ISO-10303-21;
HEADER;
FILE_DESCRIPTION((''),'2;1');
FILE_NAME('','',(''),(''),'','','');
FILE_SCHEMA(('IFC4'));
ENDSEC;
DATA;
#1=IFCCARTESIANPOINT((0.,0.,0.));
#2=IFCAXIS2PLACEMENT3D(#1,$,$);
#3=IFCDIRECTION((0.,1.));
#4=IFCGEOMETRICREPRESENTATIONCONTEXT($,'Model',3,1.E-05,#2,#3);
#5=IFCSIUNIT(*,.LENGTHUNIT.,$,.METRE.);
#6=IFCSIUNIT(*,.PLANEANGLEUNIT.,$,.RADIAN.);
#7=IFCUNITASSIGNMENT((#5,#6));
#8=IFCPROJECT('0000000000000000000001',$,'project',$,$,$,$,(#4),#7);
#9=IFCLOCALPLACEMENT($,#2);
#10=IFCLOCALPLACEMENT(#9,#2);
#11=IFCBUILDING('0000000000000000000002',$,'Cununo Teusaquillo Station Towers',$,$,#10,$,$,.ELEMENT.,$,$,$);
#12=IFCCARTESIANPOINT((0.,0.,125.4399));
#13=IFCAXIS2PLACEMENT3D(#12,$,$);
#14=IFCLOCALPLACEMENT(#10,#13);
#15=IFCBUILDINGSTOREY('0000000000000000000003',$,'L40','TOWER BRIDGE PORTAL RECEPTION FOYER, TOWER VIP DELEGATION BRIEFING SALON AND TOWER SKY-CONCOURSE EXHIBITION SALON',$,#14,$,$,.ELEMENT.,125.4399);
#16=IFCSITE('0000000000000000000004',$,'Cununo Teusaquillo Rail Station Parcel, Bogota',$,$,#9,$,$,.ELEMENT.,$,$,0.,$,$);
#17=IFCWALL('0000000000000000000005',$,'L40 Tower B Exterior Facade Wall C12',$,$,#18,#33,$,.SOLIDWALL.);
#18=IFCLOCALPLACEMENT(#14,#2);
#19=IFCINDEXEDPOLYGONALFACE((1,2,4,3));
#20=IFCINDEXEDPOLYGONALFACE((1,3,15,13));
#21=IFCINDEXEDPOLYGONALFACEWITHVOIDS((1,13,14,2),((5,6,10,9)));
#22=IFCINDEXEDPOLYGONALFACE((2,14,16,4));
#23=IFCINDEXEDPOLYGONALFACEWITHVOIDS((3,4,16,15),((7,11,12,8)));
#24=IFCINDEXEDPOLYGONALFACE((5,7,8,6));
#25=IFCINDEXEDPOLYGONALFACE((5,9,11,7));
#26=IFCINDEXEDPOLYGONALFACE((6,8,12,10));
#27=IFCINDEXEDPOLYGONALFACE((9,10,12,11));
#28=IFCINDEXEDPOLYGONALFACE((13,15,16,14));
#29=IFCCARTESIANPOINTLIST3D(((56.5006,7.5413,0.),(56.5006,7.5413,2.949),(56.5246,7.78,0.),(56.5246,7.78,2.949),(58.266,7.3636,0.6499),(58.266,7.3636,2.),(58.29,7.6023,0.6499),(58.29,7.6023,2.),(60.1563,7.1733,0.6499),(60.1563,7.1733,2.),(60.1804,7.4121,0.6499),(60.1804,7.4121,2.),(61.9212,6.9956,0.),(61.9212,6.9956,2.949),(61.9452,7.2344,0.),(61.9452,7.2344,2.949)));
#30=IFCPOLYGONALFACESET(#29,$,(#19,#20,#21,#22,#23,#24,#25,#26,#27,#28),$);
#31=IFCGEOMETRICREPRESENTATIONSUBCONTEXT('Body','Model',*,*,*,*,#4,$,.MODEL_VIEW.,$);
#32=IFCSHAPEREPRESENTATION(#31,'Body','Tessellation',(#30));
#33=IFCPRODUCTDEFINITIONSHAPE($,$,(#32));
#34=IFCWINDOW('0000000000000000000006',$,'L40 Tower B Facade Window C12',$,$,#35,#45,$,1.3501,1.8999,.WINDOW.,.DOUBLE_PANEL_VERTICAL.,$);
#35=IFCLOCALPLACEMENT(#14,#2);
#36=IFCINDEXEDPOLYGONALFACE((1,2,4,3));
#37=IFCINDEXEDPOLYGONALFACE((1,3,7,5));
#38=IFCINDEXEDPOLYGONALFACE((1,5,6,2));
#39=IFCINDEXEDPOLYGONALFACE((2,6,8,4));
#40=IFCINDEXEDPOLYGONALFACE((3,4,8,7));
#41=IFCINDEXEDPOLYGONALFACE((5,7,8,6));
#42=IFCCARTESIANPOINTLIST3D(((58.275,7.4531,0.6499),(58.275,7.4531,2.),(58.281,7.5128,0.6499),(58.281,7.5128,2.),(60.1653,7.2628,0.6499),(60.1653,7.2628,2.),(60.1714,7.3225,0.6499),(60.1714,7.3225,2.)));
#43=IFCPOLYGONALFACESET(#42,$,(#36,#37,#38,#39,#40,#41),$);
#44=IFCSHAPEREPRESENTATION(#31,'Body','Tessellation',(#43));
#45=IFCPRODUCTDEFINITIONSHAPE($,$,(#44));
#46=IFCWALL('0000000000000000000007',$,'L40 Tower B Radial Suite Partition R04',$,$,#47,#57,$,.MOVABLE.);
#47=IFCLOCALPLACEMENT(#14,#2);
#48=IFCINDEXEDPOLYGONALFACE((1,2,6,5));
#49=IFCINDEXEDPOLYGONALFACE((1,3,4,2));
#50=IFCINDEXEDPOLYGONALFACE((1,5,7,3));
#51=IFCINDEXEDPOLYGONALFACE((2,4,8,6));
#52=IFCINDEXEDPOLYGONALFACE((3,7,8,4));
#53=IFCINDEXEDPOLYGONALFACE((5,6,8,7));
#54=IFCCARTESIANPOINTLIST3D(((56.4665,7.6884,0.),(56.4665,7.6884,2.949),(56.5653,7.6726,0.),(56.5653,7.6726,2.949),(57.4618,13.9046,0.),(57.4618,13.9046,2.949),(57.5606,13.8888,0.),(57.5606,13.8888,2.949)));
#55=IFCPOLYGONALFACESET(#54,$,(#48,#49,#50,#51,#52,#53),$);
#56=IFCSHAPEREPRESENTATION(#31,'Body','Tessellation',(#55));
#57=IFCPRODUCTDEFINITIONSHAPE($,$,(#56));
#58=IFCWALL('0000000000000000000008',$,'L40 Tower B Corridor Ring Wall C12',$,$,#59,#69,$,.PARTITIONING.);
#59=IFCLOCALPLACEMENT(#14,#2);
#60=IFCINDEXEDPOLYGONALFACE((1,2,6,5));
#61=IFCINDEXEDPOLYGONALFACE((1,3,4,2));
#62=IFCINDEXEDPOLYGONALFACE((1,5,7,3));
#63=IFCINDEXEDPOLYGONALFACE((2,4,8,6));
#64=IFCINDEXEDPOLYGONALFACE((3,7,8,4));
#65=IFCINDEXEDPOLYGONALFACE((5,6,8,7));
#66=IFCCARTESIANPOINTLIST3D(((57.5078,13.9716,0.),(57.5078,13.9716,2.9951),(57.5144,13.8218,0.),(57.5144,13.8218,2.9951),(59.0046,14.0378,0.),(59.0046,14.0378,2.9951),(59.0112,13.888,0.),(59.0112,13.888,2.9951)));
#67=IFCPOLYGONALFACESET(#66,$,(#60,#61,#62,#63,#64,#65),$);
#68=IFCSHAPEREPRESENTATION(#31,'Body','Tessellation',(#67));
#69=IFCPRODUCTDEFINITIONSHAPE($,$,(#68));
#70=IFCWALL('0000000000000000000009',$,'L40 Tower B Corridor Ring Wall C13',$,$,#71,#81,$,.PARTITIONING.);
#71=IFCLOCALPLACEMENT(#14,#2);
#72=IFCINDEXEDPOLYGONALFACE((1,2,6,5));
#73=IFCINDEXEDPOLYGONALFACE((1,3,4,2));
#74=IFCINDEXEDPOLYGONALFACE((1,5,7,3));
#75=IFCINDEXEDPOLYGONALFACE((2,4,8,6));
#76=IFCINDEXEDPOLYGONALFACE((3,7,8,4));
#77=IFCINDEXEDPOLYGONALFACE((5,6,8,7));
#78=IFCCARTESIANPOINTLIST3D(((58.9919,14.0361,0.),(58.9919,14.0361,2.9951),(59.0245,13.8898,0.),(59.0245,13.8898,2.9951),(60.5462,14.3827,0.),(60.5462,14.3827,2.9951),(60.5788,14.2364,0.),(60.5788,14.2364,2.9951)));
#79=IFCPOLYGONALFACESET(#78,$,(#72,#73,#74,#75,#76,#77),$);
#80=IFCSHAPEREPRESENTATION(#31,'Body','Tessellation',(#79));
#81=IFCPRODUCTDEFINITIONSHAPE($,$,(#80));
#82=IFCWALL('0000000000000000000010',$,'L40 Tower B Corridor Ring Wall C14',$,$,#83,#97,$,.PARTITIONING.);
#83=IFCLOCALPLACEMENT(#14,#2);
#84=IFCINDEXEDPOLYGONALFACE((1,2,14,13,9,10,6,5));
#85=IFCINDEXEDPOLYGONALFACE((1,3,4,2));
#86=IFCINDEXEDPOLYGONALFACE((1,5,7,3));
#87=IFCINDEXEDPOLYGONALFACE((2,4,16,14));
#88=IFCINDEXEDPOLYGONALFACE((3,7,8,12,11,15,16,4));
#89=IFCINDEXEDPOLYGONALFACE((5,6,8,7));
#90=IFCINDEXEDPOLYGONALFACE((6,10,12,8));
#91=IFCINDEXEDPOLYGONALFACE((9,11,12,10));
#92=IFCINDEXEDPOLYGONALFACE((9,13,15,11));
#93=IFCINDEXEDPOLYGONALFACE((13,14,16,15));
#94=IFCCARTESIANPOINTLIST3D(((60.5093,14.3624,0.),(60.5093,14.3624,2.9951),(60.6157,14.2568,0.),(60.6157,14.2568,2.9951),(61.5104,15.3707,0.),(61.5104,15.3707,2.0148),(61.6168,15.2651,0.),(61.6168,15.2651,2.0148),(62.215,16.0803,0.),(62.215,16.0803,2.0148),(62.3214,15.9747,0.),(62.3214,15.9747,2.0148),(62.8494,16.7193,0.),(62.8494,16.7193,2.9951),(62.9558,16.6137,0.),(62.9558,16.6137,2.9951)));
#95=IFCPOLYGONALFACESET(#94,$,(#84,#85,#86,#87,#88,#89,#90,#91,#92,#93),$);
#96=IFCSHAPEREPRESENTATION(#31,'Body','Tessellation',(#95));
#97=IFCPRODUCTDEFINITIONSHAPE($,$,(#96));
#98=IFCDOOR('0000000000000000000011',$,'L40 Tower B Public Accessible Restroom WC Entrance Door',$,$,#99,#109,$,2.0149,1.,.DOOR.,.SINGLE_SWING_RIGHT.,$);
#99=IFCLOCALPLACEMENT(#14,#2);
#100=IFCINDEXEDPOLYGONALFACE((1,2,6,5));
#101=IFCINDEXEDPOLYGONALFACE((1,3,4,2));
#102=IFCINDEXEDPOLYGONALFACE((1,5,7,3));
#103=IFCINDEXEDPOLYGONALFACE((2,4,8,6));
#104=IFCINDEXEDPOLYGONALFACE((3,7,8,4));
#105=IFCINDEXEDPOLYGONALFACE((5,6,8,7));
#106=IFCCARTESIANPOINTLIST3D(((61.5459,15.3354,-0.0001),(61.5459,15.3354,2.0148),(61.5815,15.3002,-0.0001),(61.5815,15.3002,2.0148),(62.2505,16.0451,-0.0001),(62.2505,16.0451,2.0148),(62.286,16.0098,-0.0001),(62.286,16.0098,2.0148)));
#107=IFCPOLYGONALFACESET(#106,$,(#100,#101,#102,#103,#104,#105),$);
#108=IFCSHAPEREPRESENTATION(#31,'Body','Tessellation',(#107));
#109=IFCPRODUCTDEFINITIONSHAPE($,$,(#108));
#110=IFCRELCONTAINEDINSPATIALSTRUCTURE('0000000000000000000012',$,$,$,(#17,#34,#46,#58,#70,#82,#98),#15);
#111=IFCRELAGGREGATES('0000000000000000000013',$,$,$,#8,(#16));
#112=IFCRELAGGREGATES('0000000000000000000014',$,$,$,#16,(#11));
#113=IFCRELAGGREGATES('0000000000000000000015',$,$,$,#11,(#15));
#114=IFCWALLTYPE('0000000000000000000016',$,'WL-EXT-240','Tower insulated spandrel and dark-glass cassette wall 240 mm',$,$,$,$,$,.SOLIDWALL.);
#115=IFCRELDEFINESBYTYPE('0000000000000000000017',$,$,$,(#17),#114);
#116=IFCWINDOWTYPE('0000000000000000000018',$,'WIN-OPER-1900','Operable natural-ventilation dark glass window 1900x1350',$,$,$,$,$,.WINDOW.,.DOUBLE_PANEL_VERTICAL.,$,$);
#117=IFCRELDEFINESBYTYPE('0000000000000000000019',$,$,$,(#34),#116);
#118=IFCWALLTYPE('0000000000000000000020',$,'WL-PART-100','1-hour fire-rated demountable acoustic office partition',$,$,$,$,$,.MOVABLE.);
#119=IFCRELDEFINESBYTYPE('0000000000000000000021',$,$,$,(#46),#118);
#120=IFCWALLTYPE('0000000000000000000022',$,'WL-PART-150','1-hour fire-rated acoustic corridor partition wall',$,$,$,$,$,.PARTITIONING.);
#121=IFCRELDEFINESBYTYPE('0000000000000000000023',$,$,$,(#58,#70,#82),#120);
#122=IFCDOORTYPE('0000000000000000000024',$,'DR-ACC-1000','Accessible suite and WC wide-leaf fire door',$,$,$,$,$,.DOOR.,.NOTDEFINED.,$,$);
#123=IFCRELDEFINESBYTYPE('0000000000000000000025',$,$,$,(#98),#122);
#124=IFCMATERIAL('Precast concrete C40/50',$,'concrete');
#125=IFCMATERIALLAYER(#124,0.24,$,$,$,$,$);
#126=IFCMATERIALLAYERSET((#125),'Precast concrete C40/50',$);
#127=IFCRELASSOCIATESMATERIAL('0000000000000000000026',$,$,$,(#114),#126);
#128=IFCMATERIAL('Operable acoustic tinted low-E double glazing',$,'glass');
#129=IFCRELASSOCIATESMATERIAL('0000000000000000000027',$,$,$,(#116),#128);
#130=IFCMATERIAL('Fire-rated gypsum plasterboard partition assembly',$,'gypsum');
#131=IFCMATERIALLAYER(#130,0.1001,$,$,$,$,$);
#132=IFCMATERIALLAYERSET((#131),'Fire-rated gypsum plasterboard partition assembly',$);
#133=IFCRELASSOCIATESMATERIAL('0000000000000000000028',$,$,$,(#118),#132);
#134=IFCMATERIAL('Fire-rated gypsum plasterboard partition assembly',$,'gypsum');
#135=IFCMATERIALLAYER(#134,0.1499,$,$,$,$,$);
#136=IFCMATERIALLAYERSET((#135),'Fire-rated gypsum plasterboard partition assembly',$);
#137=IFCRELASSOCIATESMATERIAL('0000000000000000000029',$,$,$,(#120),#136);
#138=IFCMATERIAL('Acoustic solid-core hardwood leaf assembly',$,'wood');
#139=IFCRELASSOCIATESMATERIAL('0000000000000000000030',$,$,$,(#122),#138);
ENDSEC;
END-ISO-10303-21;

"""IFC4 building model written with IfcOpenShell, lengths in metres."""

from ifc_helpers import new_model, si_unit, direction, frame, frame_2d, origin, place, context, subcontext, project, spatial, rectangle, extrude, source, transform, mapped, material, layer, layer_set, type_object, element, fill, save


model = new_model("IFC4")

# Units and contexts
model_context = context("Model", 3, precision=1e-05, world=origin(), true_north=direction((0.0, 1.0)))
body_context = subcontext(model_context, "Body", "Model", "MODEL_VIEW")
ifc_project = project(units=[si_unit("LENGTHUNIT", "METRE"), si_unit("PLANEANGLEUNIT", "RADIAN")], contexts=[model_context])

# Site, building, storey
site_placement = place(None, origin())
site = spatial("IfcSite", under=ifc_project, at=site_placement, Name="Cununo Teusaquillo Rail Station Parcel, Bogota", CompositionType="ELEMENT", RefElevation=0.0)
building_placement = place(site_placement, origin())
building = spatial("IfcBuilding", under=site, at=building_placement, Name="Cununo Teusaquillo Station Towers", CompositionType="ELEMENT")
storey_placement = place(building_placement, frame((0.0, 0.0, 125.4399)))
storey = spatial("IfcBuildingStorey", under=building, at=storey_placement, Name="L40", Description="TOWER BRIDGE PORTAL RECEPTION FOYER, TOWER VIP DELEGATION BRIEFING SALON AND TOWER SKY-CONCOURSE EXHIBITION SALON", CompositionType="ELEMENT", Elevation=125.4399)

# Wall, opening, window
ifc_material_1 = material(Name="Precast concrete C40/50", Category="concrete")
ifc_layer_1 = layer(ifc_material_1, 0.24)
ifc_layer_set_1 = layer_set([ifc_layer_1], Name="Precast concrete C40/50")
wall_type_1 = type_object("IfcWallType", Name="WL-EXT-240", Description="Tower insulated spandrel and dark-glass cassette wall 240 mm", PredefinedType="SOLIDWALL", material=ifc_layer_set_1)
wall_1_placement = place(storey_placement, frame((61.9333, 7.115, 0.0), z_axis=(0.0, 0.0, 1.0), x_axis=(-0.994972, 0.100156, 0.0)))
wall_1 = element("IfcWall", 1, at=wall_1_placement, inside=storey, type_object=wall_type_1, Name="L40 Tower B Exterior Facade Wall C12", PredefinedType="SOLIDWALL", context=body_context, shape_type="SweptSolid", body=[
    extrude(rectangle(XDim=5.448, YDim=0.24, at=frame_2d((2.7241, 0.0))), origin(), (0.0, 0.0, 1.0), 2.949),
])
shared_shape_1 = source(origin(), body_context, "Body", "SweptSolid", [
    extrude(rectangle(XDim=1.8999, YDim=1.3501, at=frame_2d((0.95, 0.675))), frame((0.0, 0.1299, 0.0), z_axis=(0.0, -1.0, 0.0), x_axis=(1.0, 0.0, 0.0)), (0.0, 0.0, 1.0), 0.26),
])
opening_1_placement = place(wall_1_placement, frame((1.7739, 0.0, 0.6499)))
opening_1 = element("IfcOpeningElement", 2, at=opening_1_placement, cuts=wall_1, PredefinedType="OPENING", context=body_context, shape_type="MappedRepresentation", body=[
    mapped(shared_shape_1, transform((0.0, 0.0, 0.0), x_axis=(1.0, 0.0, 0.0), y_axis=(0.0, 1.0, 0.0), z_axis=(0.0, 0.0, 1.0), scale=1.0)),
])
ifc_material_2 = material(Name="Operable acoustic tinted low-E double glazing", Category="glass")
window_type = type_object("IfcWindowType", Name="WIN-OPER-1900", Description="Operable natural-ventilation dark glass window 1900x1350", PartitioningType="DOUBLE_PANEL_VERTICAL", PredefinedType="WINDOW", material=ifc_material_2)
shared_shape_2 = source(origin(), body_context, "Body", "SweptSolid", [
    extrude(rectangle(XDim=1.8999, YDim=1.3501, at=frame_2d((0.95, 0.675))), frame((0.0, 0.03, 0.0), z_axis=(0.0, -1.0, 0.0), x_axis=(1.0, 0.0, 0.0)), (0.0, 0.0, 1.0), 0.0601),
])
window_placement = place(opening_1_placement, origin())
window = element("IfcWindow", 3, at=window_placement, inside=storey, type_object=window_type, Name="L40 Tower B Facade Window C12", OverallHeight=1.3501, OverallWidth=1.8999, PartitioningType="DOUBLE_PANEL_VERTICAL", PredefinedType="WINDOW", context=body_context, shape_type="MappedRepresentation", body=[
    mapped(shared_shape_2, transform((0.0, 0.0, 0.0), x_axis=(1.0, 0.0, 0.0), y_axis=(0.0, 1.0, 0.0), z_axis=(0.0, 0.0, 1.0), scale=1.0)),
])
fill(opening_1, window)

# Walls
ifc_material_3 = material(Name="Fire-rated gypsum plasterboard partition assembly", Category="gypsum")
ifc_layer_2 = layer(ifc_material_3, 0.1001)
ifc_layer_set_2 = layer_set([ifc_layer_2], Name="Fire-rated gypsum plasterboard partition assembly")
wall_type_2 = type_object("IfcWallType", Name="WL-PART-100", Description="1-hour fire-rated demountable acoustic office partition", PredefinedType="MOVABLE", material=ifc_layer_set_2)
wall_2_placement = place(storey_placement, frame((57.5112, 13.8967, 0.0), z_axis=(0.0, 0.0, 1.0), x_axis=(-0.158107, -0.987422, 0.0)))
element("IfcWall", 4, at=wall_2_placement, inside=storey, type_object=wall_type_2, Name="L40 Tower B Radial Suite Partition R04", PredefinedType="MOVABLE", context=body_context, shape_type="SweptSolid", body=[
    extrude(rectangle(XDim=6.2954, YDim=0.1001, at=frame_2d((3.1477, 0.0))), origin(), (0.0, 0.0, 1.0), 2.949),
])
ifc_material_4 = material(Name="Fire-rated gypsum plasterboard partition assembly", Category="gypsum")
ifc_layer_3 = layer(ifc_material_4, 0.1499)
ifc_layer_set_3 = layer_set([ifc_layer_3], Name="Fire-rated gypsum plasterboard partition assembly")
wall_type_3 = type_object("IfcWallType", Name="WL-PART-150", Description="1-hour fire-rated acoustic corridor partition wall", PredefinedType="PARTITIONING", material=ifc_layer_set_3)
wall_3_placement = place(storey_placement, frame((57.5112, 13.8967, 0.0), z_axis=(0.0, 0.0, 1.0), x_axis=(0.999025, 0.044158, 0.0)))
element("IfcWall", 5, at=wall_3_placement, inside=storey, type_object=wall_type_3, Name="L40 Tower B Corridor Ring Wall C12", PredefinedType="PARTITIONING", context=body_context, shape_type="SweptSolid", body=[
    extrude(rectangle(XDim=1.4983, YDim=0.1499, at=frame_2d((0.749, 0.0))), origin(), (0.0, 0.0, 1.0), 2.9951),
])
wall_4_placement = place(storey_placement, frame((59.0081, 13.9629, 0.0), z_axis=(0.0, 0.0, 1.0), x_axis=(0.976021, 0.217677, 0.0)))
element("IfcWall", 6, at=wall_4_placement, inside=storey, type_object=wall_type_3, Name="L40 Tower B Corridor Ring Wall C13", PredefinedType="PARTITIONING", context=body_context, shape_type="SweptSolid", body=[
    extrude(rectangle(XDim=1.5925, YDim=0.1499, at=frame_2d((0.7964, 0.0))), origin(), (0.0, 0.0, 1.0), 2.9951),
])

# Wall, opening, door
wall_5_placement = place(storey_placement, frame((60.5625, 14.3096, 0.0), z_axis=(0.0, 0.0, 1.0), x_axis=(0.704566, 0.709638, 0.0)))
wall_5 = element("IfcWall", 7, at=wall_5_placement, inside=storey, type_object=wall_type_3, Name="L40 Tower B Corridor Ring Wall C14", PredefinedType="PARTITIONING", context=body_context, shape_type="SweptSolid", body=[
    extrude(rectangle(XDim=3.3213, YDim=0.1499, at=frame_2d((1.6606, 0.0))), origin(), (0.0, 0.0, 1.0), 2.9951),
])
shared_shape_3 = source(origin(), body_context, "Body", "SweptSolid", [
    extrude(rectangle(XDim=1.0, YDim=2.0149, at=frame_2d((0.5, 1.0073))), frame((0.0, 0.085, 0.0), z_axis=(0.0, -1.0, 0.0), x_axis=(1.0, 0.0, 0.0)), (0.0, 0.0, 1.0), 0.1699),
])
opening_2_placement = place(wall_5_placement, frame((1.4209, 0.0, 0.0)))
opening_2 = element("IfcOpeningElement", 8, at=opening_2_placement, cuts=wall_5, PredefinedType="OPENING", context=body_context, shape_type="MappedRepresentation", body=[
    mapped(shared_shape_3, transform((0.0, 0.0, 0.0), x_axis=(1.0, 0.0, 0.0), y_axis=(0.0, 1.0, 0.0), z_axis=(0.0, 0.0, 1.0), scale=1.0)),
])
ifc_material_5 = material(Name="Acoustic solid-core hardwood leaf assembly", Category="wood")
door_type_1 = type_object("IfcDoorType", Name="DR-ACC-1000", Description="Accessible suite and WC wide-leaf fire door", OperationType="NOTDEFINED", PredefinedType="DOOR", material=ifc_material_5)
shared_shape_4 = source(origin(), body_context, "Body", "SweptSolid", [
    extrude(rectangle(XDim=1.0, YDim=2.0149, at=frame_2d((0.5, 1.0073))), frame((0.0, 0.0249, 0.0), z_axis=(0.0, -1.0, 0.0), x_axis=(1.0, 0.0, 0.0)), (0.0, 0.0, 1.0), 0.05),
])
door_1_placement = place(opening_2_placement, origin())
door_1 = element("IfcDoor", 9, at=door_1_placement, inside=storey, type_object=door_type_1, Name="L40 Tower B Public Accessible Restroom WC Entrance Door", OperationType="SINGLE_SWING_RIGHT", OverallHeight=2.0149, OverallWidth=1.0, PredefinedType="DOOR", context=body_context, shape_type="MappedRepresentation", body=[
    mapped(shared_shape_4, transform((0.0, 0.0, 0.0), x_axis=(1.0, 0.0, 0.0), y_axis=(0.0, 1.0, 0.0), z_axis=(0.0, 0.0, 1.0), scale=1.0)),
])
fill(opening_2, door_1)

save(model, "model.ifc")
